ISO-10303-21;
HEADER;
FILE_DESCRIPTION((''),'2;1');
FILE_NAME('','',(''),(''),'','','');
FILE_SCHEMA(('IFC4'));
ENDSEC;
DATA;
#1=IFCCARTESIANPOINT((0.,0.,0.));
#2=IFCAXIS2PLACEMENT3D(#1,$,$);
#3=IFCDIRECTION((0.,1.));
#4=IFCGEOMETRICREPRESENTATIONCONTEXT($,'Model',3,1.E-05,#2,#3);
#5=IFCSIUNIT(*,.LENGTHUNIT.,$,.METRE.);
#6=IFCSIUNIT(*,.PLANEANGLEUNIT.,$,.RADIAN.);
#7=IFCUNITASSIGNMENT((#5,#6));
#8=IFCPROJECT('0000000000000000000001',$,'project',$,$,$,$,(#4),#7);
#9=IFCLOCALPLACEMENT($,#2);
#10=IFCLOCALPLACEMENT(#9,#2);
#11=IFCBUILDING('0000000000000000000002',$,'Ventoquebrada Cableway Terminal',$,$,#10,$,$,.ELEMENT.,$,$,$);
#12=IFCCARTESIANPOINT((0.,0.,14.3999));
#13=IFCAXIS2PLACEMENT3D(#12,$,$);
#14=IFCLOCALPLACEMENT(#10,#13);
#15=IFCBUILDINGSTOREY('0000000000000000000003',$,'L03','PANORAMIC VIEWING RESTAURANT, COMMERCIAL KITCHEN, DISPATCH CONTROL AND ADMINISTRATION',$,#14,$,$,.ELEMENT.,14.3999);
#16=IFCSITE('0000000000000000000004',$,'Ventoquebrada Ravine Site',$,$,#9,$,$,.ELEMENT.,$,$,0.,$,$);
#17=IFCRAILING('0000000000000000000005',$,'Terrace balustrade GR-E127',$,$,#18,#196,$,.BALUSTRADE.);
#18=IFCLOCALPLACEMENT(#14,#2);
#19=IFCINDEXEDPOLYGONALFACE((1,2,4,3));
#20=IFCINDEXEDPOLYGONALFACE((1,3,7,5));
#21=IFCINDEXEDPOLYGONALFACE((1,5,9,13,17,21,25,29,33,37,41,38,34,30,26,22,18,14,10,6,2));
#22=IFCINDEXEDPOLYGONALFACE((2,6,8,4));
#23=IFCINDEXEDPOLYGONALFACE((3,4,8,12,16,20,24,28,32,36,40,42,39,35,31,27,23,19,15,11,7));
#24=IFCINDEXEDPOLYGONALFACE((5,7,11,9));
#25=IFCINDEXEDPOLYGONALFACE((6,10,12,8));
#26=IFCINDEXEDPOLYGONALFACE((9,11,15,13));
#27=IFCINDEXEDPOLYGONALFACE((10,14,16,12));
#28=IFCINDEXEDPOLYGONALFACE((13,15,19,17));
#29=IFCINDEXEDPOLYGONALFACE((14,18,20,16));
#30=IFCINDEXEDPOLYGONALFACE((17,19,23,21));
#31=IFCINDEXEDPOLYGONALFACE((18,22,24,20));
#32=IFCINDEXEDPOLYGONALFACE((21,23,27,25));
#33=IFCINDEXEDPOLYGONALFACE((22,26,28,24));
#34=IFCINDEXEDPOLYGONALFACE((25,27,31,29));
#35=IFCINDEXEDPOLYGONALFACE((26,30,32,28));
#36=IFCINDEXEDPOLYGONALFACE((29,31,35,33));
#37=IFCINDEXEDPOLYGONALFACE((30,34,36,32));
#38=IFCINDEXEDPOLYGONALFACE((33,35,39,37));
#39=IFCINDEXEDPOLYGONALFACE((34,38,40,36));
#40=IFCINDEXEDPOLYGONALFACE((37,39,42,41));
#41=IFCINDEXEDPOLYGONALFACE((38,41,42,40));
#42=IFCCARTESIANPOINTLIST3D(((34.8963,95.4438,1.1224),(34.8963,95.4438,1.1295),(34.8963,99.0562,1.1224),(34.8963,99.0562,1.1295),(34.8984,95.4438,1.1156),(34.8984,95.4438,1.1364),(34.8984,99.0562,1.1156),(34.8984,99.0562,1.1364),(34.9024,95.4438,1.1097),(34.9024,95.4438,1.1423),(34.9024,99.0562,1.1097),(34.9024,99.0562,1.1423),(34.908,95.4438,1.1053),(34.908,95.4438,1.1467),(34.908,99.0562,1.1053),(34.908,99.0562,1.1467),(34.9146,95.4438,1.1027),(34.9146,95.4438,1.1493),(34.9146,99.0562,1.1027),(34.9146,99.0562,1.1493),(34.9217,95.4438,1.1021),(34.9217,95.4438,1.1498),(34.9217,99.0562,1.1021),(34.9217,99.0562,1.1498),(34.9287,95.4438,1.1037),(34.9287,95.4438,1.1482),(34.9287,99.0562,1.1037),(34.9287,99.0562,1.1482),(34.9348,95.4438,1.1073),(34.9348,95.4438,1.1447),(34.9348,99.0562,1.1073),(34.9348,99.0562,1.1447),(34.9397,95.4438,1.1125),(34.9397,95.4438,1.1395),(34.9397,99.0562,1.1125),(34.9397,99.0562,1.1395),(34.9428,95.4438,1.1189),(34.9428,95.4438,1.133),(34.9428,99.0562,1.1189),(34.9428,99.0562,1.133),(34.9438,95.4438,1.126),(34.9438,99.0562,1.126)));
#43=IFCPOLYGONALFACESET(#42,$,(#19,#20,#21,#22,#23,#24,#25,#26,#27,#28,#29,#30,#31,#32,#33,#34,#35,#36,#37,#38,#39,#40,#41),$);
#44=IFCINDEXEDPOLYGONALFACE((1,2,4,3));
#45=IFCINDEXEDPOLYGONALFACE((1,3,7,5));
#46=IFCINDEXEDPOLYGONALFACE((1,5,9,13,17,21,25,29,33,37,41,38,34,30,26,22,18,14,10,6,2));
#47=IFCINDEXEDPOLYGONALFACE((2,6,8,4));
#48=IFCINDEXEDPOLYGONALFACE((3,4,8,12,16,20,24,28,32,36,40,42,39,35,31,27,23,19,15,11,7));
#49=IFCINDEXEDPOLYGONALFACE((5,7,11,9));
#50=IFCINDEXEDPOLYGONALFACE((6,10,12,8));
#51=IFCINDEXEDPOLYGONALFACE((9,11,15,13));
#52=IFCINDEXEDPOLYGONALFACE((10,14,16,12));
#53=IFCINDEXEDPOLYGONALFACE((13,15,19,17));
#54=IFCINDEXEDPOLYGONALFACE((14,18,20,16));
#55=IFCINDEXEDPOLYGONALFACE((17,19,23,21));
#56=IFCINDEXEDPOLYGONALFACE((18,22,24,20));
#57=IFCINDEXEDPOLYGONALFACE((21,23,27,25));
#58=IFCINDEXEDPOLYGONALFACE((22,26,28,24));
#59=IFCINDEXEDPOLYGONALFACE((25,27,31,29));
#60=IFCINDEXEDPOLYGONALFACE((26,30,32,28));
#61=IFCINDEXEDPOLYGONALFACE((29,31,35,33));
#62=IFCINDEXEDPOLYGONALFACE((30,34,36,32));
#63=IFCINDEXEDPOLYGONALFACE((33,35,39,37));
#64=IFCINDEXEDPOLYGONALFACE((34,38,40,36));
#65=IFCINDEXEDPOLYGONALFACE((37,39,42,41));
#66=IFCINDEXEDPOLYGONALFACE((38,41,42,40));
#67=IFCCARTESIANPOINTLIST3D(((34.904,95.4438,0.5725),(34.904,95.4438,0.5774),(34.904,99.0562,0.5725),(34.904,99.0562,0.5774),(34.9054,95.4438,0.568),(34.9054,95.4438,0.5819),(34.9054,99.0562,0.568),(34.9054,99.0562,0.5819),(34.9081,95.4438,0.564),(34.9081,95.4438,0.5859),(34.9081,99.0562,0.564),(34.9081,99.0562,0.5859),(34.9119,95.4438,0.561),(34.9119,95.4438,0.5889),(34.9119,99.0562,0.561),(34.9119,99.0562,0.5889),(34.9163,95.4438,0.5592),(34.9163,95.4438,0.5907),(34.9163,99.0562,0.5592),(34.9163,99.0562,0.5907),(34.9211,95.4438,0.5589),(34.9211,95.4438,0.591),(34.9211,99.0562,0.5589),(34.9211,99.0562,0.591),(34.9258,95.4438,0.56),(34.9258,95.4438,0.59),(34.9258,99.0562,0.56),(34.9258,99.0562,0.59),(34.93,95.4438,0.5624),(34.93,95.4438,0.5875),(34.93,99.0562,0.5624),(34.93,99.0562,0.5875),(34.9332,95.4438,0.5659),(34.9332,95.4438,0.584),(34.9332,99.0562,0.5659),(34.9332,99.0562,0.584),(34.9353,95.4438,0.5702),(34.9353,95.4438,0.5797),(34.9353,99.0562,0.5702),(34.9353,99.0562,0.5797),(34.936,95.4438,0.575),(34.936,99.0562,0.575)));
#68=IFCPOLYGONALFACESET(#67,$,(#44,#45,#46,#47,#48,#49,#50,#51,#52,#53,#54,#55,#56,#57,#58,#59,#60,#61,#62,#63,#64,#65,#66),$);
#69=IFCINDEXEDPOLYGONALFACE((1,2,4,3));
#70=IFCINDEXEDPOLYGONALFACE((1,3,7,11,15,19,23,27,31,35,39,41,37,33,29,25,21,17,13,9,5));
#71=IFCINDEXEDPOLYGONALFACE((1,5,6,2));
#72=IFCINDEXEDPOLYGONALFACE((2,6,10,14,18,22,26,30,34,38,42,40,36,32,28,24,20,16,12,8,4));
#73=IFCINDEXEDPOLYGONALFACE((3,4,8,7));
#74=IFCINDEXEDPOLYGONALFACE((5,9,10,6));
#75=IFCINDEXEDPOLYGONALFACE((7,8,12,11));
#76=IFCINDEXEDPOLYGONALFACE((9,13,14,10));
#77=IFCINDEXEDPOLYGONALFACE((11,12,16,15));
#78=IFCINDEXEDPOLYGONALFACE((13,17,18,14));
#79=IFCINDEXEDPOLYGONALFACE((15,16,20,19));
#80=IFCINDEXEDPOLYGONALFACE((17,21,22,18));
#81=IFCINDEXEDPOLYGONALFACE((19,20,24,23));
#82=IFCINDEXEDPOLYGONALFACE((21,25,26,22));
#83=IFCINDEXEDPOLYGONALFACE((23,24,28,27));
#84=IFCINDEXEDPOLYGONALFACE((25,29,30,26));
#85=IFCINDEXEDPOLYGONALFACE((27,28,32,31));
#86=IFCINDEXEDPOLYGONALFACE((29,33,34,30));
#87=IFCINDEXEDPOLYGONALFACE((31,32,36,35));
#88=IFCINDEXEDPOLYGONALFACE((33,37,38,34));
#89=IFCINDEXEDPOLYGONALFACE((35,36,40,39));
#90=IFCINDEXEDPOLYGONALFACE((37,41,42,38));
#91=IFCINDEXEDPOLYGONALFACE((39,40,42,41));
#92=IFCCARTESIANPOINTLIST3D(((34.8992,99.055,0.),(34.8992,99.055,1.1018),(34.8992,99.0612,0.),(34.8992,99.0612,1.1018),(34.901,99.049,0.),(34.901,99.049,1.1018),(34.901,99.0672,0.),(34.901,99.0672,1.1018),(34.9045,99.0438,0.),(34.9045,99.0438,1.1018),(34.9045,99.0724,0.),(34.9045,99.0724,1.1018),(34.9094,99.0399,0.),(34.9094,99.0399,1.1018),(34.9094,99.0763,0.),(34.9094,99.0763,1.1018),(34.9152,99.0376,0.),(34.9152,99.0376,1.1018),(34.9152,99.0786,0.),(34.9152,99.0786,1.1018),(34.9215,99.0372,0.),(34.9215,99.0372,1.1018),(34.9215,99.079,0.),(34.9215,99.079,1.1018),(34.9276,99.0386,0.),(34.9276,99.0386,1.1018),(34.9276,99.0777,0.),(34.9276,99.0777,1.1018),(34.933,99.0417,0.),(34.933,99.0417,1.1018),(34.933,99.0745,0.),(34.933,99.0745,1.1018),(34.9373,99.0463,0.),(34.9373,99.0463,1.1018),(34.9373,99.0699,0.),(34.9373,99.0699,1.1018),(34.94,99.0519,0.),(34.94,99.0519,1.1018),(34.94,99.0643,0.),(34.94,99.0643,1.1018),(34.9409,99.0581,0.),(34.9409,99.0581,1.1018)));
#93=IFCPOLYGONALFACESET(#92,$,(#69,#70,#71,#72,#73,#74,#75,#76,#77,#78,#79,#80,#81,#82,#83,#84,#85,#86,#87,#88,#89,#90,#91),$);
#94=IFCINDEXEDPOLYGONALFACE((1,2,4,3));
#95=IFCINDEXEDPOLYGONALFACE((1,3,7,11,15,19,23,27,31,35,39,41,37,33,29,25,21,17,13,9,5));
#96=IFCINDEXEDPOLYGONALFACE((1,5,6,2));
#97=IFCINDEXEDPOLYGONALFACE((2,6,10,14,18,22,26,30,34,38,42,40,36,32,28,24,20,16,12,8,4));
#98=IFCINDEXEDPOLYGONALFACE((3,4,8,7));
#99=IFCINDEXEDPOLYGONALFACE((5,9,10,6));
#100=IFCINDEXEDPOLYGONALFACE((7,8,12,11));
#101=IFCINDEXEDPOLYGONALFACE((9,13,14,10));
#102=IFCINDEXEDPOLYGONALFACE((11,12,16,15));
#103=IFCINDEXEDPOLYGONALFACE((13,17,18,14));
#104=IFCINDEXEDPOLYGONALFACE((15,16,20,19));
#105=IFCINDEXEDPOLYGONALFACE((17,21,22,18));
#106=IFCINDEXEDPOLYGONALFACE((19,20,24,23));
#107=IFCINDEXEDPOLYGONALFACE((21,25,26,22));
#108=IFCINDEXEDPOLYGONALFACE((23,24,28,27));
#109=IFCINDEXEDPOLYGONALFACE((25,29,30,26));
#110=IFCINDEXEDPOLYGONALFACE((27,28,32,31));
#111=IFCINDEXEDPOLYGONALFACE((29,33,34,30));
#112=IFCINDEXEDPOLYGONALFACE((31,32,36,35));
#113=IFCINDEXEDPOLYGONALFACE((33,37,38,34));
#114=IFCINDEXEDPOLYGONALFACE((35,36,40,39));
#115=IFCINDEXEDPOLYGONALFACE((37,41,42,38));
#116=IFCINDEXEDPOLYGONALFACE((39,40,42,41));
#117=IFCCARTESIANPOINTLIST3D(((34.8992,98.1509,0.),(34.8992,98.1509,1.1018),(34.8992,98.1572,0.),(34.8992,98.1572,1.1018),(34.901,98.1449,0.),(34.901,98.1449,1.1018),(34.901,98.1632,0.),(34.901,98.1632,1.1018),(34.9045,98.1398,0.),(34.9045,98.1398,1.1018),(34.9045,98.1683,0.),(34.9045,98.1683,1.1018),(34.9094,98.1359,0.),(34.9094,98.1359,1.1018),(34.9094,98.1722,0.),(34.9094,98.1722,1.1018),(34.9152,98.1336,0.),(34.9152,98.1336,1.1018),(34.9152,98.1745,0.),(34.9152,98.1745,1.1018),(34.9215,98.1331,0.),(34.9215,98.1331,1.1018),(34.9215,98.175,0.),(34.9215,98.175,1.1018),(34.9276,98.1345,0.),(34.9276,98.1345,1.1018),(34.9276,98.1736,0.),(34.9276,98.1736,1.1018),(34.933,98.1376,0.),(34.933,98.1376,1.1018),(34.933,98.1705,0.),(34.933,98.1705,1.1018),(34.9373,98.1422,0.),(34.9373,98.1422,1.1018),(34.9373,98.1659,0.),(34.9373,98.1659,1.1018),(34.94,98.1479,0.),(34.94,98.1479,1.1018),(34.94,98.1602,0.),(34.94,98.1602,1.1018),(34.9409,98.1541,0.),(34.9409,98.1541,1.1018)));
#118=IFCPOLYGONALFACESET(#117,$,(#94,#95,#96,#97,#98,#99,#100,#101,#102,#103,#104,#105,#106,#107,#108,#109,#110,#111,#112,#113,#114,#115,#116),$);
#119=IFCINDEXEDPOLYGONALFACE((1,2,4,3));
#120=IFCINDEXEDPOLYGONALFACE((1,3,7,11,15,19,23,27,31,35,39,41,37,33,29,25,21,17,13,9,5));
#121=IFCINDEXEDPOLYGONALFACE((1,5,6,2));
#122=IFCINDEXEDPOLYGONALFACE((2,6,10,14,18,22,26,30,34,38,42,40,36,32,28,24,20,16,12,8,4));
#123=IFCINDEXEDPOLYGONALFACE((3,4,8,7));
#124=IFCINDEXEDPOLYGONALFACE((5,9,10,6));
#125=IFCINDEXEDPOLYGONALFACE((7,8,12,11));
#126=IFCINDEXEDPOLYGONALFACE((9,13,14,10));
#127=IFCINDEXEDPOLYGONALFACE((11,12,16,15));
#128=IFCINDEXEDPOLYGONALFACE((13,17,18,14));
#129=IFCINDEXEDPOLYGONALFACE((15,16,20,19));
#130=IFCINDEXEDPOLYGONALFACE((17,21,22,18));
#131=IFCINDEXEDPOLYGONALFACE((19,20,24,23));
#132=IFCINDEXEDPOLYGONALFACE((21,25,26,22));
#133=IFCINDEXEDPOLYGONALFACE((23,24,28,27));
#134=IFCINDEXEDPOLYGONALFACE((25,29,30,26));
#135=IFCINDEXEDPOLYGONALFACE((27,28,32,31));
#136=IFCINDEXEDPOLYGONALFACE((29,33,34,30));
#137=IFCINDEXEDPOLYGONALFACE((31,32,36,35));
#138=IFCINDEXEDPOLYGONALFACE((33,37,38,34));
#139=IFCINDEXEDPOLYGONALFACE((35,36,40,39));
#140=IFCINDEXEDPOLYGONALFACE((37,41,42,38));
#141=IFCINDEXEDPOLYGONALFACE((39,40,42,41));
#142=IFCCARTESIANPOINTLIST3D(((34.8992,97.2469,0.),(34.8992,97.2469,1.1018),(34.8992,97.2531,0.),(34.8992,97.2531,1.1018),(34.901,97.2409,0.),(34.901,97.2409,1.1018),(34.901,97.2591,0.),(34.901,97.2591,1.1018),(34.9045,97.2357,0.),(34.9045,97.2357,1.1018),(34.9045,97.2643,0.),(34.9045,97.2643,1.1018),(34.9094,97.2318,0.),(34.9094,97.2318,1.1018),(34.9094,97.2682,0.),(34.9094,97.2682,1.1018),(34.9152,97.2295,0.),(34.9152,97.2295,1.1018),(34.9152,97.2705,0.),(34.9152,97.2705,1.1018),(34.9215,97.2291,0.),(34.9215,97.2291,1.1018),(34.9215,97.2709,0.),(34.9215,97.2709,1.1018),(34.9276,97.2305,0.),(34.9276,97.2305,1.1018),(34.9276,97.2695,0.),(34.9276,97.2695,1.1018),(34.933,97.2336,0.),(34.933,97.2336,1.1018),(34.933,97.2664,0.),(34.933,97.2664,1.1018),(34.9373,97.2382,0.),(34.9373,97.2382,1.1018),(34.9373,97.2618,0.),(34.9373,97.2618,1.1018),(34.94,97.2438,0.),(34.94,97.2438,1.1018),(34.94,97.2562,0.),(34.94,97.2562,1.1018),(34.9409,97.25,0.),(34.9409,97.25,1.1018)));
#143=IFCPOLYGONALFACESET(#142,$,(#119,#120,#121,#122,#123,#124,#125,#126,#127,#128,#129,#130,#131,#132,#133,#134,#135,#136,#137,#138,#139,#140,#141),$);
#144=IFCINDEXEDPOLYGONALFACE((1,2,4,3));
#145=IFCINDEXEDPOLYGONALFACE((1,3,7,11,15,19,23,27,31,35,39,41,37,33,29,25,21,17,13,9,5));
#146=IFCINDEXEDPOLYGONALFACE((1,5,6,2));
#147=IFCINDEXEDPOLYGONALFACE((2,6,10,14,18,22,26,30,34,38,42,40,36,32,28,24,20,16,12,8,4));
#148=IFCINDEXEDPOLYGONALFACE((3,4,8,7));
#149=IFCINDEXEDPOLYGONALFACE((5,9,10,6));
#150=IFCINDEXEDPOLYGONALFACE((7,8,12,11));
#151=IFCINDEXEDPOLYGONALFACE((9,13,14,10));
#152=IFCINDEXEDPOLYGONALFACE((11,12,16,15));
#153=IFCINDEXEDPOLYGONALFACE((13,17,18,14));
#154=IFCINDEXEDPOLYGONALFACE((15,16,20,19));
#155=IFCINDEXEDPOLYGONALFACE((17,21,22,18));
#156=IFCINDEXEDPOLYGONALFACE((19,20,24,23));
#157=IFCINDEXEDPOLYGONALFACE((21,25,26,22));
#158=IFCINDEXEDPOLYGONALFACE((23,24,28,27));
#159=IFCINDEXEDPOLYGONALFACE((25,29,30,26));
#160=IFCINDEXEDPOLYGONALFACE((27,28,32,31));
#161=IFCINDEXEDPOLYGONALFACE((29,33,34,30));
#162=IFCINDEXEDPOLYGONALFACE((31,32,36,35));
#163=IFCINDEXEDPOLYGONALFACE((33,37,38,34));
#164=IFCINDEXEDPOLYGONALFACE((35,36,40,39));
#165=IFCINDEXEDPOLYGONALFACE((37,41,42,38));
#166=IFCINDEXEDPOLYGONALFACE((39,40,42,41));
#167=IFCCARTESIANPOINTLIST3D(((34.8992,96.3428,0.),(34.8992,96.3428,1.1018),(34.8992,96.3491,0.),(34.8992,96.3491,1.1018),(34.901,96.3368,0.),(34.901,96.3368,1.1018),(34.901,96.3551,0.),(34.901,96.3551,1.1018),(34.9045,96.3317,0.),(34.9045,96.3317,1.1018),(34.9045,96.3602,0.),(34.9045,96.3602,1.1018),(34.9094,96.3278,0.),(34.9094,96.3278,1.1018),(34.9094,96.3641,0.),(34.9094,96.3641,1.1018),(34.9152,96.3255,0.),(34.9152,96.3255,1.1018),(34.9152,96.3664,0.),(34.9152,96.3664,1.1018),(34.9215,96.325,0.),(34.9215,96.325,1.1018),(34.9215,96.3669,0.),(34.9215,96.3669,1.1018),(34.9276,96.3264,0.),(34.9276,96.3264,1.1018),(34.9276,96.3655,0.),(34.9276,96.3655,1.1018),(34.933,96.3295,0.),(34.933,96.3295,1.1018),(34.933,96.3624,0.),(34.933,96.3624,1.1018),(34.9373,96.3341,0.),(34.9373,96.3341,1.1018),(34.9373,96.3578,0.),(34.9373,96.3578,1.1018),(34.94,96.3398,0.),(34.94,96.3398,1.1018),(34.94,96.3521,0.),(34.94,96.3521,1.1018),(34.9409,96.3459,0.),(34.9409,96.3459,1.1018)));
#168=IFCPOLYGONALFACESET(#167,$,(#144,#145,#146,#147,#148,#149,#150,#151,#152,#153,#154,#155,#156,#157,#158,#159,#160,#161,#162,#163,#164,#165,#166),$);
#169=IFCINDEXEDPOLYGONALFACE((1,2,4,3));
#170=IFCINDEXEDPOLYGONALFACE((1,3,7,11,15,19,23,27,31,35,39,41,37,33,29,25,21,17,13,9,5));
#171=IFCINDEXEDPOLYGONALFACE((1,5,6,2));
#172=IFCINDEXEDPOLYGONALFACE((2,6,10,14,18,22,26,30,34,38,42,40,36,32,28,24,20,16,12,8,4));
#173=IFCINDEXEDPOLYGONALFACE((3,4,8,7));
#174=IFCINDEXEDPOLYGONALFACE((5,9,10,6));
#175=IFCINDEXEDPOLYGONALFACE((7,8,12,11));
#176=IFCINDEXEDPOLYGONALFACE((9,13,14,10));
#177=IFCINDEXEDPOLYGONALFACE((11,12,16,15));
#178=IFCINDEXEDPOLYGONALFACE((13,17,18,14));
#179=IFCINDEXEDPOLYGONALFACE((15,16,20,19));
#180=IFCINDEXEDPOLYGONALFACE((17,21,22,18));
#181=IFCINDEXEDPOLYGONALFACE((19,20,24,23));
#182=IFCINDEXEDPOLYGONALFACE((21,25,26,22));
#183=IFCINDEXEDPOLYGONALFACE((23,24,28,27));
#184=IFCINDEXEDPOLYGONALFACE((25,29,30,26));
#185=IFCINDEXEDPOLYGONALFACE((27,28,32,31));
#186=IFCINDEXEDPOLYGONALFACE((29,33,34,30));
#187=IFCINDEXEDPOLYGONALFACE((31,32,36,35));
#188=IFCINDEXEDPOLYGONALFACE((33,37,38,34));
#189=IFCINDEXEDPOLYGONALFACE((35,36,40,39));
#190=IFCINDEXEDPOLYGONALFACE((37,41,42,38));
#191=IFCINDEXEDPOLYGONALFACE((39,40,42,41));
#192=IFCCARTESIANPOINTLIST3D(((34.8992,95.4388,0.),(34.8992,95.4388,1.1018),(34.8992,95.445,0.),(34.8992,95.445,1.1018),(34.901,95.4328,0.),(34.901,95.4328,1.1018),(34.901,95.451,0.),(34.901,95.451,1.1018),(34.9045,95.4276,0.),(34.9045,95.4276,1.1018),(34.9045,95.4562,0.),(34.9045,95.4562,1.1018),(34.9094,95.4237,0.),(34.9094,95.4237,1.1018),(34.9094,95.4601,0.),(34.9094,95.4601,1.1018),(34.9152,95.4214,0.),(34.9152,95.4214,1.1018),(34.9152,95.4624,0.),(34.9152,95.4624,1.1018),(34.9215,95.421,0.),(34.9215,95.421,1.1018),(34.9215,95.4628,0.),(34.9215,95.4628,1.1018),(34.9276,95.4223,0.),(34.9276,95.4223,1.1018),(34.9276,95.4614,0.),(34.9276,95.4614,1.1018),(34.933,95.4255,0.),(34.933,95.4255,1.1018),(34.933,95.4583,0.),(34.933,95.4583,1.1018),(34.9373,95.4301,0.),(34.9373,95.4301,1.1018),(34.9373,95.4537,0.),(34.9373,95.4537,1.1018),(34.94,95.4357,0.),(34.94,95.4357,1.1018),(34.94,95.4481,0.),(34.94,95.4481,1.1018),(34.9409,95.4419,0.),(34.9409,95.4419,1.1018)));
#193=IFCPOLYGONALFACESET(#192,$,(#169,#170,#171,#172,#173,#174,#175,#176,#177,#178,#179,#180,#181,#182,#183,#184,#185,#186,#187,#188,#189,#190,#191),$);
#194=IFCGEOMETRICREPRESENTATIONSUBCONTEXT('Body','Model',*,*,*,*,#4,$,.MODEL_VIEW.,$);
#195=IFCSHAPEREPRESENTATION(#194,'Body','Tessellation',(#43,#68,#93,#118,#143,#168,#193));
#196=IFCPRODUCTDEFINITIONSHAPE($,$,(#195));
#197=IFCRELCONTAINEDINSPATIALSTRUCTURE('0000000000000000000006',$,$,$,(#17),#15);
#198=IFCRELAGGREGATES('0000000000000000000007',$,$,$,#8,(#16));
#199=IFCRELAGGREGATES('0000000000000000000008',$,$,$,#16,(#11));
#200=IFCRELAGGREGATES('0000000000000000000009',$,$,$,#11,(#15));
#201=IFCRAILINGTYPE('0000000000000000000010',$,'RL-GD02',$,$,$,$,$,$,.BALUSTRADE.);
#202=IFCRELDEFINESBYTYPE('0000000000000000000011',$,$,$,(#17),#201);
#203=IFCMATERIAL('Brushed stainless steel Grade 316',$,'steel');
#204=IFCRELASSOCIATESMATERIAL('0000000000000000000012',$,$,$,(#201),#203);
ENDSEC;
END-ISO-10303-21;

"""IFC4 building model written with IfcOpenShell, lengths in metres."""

from ifc_helpers import new_model, si_unit, direction, frame, origin, origin_2d, place, context, subcontext, project, spatial, circle, extrude, material, type_object, element, save


model = new_model("IFC4")

# Units and contexts
model_context = context("Model", 3, precision=1e-05, world=origin(), true_north=direction((0.0, 1.0)))
body_context = subcontext(model_context, "Body", "Model", "MODEL_VIEW")
ifc_project = project(units=[si_unit("LENGTHUNIT", "METRE"), si_unit("PLANEANGLEUNIT", "RADIAN")], contexts=[model_context])

# Site, building, storey
site_placement = place(None, origin())
site = spatial("IfcSite", under=ifc_project, at=site_placement, Name="Ventoquebrada Ravine Site", CompositionType="ELEMENT", RefElevation=0.0)
building_placement = place(site_placement, origin())
building = spatial("IfcBuilding", under=site, at=building_placement, Name="Ventoquebrada Cableway Terminal", CompositionType="ELEMENT")
storey_placement = place(building_placement, frame((0.0, 0.0, 14.3999)))
storey = spatial("IfcBuildingStorey", under=building, at=storey_placement, Name="L03", Description="PANORAMIC VIEWING RESTAURANT, COMMERCIAL KITCHEN, DISPATCH CONTROL AND ADMINISTRATION", CompositionType="ELEMENT", Elevation=14.3999)

# Railing
ifc_material_1 = material(Name="Brushed stainless steel Grade 316", Category="steel")
railing_type = type_object("IfcRailingType", Name="RL-GD02", PredefinedType="BALUSTRADE", material=ifc_material_1)
for number, where, name in (
    (1, (34.9199, 99.0581, 0.0), "Terrace balustrade GR-E127"),
):
    element("IfcRailing", number, at=place(storey_placement, frame(where)), inside=storey, type_object=railing_type, Name=name, PredefinedType="BALUSTRADE", context=body_context, shape_type="SweptSolid", body=[
        extrude(circle(Radius=0.0239, at=origin_2d()), frame((0.0, -0.002, 1.126), z_axis=(0.0, -1.0, 0.0), x_axis=(1.0, 0.0, 0.0)), (0.0, 0.0, 1.0), 3.6123),
        extrude(circle(Radius=0.0161, at=origin_2d()), frame((0.0, -0.002, 0.575), z_axis=(0.0, -1.0, 0.0), x_axis=(1.0, 0.0, 0.0)), (0.0, 0.0, 1.0), 3.6123),
        extrude(circle(Radius=0.021, at=origin_2d()), origin(), (0.0, 0.0, 1.0), 1.1018),
        extrude(circle(Radius=0.021, at=origin_2d()), frame((0.0, -0.9041, 0.0)), (0.0, 0.0, 1.0), 1.1018),
        extrude(circle(Radius=0.021, at=origin_2d()), frame((0.0, -1.8081, 0.0)), (0.0, 0.0, 1.0), 1.1018),
        extrude(circle(Radius=0.021, at=origin_2d()), frame((0.0, -2.7122, 0.0)), (0.0, 0.0, 1.0), 1.1018),
        extrude(circle(Radius=0.021, at=origin_2d()), frame((0.0, -3.6162, 0.0)), (0.0, 0.0, 1.0), 1.1018),
    ])

save(model, "model.ifc")
